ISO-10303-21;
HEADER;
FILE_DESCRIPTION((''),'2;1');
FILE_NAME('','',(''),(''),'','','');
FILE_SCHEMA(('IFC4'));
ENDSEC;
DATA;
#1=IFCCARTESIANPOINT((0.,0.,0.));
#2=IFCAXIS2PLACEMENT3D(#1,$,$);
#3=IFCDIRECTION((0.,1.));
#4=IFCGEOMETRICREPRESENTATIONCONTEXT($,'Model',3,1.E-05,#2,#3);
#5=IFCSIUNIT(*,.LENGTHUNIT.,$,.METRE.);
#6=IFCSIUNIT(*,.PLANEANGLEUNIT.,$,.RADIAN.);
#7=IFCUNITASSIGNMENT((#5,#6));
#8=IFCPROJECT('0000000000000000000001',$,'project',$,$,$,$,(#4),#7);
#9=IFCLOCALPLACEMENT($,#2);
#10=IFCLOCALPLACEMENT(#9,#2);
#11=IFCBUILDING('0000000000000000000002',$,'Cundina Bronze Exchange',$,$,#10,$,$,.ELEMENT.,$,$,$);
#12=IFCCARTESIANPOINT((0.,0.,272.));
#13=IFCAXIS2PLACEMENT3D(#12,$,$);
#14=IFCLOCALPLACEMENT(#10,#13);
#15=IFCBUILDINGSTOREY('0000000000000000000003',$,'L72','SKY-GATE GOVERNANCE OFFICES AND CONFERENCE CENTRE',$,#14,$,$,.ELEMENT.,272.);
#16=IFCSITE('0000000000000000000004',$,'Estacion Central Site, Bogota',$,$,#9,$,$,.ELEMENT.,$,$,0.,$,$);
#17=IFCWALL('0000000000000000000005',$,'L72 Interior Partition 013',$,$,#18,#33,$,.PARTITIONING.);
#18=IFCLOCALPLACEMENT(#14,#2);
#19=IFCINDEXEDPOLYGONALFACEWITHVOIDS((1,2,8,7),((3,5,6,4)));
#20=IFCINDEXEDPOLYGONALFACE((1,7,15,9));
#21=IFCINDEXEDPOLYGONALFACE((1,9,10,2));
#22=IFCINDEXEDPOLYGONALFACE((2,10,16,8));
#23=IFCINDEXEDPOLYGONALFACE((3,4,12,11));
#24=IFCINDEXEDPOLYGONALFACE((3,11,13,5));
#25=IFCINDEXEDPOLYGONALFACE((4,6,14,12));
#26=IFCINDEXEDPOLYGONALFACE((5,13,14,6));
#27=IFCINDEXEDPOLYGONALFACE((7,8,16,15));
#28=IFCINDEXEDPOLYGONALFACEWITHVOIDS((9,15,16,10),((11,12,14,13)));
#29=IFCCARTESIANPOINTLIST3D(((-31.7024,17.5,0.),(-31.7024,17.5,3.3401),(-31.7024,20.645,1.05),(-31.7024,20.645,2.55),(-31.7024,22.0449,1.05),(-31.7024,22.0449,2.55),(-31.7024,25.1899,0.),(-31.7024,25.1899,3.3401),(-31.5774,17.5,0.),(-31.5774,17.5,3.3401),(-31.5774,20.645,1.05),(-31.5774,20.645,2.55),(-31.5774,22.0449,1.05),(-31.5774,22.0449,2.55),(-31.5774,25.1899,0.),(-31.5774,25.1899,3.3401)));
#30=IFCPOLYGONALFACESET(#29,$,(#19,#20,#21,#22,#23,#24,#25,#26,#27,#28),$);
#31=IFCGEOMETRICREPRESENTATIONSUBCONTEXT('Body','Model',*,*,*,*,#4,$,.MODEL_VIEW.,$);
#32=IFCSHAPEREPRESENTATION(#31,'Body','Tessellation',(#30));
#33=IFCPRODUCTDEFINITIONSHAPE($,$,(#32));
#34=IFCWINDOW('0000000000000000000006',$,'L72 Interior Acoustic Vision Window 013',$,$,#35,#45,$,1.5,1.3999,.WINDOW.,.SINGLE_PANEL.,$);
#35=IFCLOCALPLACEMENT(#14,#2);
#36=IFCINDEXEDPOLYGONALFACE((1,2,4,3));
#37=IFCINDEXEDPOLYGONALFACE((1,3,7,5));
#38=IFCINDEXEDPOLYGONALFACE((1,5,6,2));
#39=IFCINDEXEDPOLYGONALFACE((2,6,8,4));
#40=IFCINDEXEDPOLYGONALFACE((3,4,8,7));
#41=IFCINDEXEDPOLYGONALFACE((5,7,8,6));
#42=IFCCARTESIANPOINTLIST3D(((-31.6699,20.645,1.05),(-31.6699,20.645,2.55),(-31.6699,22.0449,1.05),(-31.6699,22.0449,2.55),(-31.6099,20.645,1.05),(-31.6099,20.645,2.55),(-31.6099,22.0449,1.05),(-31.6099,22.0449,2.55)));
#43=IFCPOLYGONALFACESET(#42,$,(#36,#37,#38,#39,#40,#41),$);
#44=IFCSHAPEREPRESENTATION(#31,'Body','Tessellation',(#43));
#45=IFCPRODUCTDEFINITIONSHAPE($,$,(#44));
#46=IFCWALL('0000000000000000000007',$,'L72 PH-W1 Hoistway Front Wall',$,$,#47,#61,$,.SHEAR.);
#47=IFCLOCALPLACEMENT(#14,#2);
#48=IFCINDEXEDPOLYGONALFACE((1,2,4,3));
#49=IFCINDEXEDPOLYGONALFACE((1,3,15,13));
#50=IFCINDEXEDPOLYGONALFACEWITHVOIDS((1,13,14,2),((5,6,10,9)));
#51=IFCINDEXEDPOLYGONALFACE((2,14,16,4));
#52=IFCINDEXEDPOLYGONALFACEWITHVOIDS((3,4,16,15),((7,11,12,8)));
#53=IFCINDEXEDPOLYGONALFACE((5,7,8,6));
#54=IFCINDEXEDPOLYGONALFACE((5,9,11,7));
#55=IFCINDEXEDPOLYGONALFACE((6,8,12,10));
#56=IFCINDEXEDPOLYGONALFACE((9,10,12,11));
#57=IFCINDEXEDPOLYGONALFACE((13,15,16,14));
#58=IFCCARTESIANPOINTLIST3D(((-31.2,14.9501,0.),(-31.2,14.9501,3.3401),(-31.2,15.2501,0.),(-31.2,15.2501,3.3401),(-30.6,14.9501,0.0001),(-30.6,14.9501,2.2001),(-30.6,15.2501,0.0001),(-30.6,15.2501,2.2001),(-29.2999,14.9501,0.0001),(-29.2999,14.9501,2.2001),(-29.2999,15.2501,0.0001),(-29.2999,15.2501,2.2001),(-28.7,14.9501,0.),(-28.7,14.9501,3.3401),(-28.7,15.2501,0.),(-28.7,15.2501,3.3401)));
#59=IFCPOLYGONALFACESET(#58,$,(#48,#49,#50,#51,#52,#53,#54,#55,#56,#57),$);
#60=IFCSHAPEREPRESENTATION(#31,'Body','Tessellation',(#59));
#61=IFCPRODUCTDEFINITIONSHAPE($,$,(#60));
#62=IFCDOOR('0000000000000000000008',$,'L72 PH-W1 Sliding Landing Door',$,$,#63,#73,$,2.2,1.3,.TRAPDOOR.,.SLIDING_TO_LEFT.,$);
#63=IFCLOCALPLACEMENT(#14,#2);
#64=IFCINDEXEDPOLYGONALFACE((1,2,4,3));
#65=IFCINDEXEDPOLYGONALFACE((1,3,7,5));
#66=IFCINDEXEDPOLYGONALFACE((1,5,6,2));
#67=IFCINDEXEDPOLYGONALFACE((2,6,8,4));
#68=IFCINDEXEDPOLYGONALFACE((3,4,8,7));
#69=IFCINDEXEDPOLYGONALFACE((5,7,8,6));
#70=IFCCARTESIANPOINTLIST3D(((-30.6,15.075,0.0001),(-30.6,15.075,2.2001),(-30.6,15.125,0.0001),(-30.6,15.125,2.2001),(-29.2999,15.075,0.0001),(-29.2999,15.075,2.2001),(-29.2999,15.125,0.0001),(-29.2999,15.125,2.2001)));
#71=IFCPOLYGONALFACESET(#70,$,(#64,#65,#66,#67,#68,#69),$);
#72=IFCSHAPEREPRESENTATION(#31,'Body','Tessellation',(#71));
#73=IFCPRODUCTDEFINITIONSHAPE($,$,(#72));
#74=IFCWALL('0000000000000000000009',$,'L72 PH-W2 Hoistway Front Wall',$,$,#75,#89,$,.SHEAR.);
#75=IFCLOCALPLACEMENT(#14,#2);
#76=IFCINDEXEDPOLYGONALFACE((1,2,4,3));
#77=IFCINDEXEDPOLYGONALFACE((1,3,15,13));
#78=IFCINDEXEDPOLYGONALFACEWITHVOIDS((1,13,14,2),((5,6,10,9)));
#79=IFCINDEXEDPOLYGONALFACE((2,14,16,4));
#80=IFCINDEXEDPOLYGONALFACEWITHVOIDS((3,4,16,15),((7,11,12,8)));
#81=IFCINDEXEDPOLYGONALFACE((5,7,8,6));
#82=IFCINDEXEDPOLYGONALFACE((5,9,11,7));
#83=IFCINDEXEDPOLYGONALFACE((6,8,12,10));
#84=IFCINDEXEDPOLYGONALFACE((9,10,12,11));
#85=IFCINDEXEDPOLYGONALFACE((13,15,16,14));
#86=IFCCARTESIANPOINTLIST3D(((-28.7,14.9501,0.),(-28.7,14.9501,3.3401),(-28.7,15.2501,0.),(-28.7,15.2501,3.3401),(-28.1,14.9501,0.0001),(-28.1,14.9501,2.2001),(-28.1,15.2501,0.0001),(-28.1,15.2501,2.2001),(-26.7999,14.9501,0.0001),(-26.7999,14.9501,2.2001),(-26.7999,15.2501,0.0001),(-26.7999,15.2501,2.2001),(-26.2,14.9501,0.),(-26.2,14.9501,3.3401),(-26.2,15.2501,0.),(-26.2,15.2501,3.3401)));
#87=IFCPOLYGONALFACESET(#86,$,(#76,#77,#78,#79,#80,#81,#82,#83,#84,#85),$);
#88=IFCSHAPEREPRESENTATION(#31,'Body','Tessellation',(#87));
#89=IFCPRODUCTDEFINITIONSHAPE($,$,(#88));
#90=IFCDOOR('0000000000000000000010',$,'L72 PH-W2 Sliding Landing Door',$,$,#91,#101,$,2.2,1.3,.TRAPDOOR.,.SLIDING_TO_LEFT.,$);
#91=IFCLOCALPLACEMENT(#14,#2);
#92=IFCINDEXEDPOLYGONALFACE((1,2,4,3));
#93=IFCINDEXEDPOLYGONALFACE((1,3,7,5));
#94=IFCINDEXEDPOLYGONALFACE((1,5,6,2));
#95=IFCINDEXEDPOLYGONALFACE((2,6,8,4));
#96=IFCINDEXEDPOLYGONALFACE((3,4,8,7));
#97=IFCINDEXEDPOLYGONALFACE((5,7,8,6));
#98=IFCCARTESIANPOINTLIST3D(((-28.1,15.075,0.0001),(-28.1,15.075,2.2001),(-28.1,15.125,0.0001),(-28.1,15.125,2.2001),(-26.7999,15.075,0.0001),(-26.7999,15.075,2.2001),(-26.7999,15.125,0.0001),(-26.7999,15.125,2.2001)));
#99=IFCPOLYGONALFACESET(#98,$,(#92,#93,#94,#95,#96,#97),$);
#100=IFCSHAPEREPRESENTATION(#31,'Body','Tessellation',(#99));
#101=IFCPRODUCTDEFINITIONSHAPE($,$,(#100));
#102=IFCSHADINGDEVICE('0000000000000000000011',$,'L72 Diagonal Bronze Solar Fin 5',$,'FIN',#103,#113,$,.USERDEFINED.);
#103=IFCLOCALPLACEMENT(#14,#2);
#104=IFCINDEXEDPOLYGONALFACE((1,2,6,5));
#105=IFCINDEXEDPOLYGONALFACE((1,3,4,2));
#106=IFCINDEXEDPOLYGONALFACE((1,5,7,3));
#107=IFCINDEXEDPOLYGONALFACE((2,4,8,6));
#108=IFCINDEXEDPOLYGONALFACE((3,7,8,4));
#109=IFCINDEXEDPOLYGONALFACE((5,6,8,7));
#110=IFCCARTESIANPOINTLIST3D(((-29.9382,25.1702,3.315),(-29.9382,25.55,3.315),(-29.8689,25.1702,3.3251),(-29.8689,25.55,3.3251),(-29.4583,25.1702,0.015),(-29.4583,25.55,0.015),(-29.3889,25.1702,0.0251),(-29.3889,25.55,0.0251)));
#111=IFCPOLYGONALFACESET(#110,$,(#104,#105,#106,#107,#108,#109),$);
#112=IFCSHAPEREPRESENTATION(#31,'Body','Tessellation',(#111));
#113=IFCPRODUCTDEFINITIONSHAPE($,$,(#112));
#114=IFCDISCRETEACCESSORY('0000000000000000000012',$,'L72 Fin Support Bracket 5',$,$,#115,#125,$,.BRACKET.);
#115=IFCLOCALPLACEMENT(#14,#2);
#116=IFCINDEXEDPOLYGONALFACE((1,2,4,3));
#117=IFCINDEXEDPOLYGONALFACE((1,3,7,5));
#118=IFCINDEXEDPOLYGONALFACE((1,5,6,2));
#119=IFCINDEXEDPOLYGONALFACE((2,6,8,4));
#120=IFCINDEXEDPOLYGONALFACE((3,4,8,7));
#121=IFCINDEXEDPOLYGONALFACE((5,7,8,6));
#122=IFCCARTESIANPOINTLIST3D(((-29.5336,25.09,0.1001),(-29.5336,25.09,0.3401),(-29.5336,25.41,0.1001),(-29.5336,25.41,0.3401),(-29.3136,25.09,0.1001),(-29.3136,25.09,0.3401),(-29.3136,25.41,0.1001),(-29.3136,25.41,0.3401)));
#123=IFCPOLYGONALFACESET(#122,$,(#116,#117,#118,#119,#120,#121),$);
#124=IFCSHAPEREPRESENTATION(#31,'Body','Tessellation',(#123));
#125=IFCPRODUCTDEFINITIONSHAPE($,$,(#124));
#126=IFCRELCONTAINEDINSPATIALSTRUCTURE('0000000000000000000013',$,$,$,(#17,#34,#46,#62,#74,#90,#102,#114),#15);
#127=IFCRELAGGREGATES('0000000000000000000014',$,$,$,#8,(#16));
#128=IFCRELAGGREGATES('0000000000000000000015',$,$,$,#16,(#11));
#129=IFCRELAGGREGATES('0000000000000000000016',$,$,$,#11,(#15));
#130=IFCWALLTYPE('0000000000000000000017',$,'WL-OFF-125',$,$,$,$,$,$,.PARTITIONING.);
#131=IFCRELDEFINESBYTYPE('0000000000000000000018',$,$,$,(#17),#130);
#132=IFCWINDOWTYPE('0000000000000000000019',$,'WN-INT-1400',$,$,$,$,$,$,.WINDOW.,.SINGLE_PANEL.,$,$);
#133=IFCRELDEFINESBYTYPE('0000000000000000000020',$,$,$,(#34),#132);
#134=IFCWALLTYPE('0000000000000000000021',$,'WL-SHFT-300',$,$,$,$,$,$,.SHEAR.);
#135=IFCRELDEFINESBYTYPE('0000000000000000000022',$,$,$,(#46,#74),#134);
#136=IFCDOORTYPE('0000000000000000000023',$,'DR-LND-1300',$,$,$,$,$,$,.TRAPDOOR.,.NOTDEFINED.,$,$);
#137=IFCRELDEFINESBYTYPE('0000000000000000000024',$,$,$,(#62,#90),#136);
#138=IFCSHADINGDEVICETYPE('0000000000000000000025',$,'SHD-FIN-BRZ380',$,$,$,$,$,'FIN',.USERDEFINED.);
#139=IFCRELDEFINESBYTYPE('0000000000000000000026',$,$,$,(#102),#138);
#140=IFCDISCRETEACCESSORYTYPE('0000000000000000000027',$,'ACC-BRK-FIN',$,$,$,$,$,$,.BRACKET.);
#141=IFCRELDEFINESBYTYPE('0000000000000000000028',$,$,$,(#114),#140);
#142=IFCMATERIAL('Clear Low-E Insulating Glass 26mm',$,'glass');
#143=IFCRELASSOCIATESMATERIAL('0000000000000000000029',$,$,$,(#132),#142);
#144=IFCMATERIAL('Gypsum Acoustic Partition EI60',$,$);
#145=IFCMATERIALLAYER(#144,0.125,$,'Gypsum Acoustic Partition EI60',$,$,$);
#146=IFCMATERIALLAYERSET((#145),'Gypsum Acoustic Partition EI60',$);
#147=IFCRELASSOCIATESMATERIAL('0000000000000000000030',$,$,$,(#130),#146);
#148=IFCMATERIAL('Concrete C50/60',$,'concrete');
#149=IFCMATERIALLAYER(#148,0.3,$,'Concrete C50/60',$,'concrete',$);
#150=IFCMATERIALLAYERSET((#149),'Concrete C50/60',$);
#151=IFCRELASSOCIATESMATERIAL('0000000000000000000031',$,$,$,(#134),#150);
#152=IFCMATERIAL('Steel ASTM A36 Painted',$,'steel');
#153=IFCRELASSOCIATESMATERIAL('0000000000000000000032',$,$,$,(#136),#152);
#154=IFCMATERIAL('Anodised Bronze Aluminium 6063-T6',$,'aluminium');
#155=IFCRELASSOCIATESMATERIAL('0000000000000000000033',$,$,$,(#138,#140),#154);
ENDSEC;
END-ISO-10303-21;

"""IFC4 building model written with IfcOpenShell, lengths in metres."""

from ifc_helpers import new_model, si_unit, direction, frame, frame_2d, origin, origin_2d, place, context, subcontext, project, spatial, rectangle, extrude, material, layer, layer_set, material_profile, profile_set, type_object, element, fill, save


model = new_model("IFC4")

# Units and contexts
model_context = context("Model", 3, precision=1e-05, world=origin(), true_north=direction((0.0, 1.0)))
body_context = subcontext(model_context, "Body", "Model", "MODEL_VIEW")
ifc_project = project(units=[si_unit("LENGTHUNIT", "METRE"), si_unit("PLANEANGLEUNIT", "RADIAN")], contexts=[model_context])

# Site, building, storey
site_placement = place(None, origin())
site = spatial("IfcSite", under=ifc_project, at=site_placement, Name="Estacion Central Site, Bogota", CompositionType="ELEMENT", RefElevation=0.0)
building_placement = place(site_placement, origin())
building = spatial("IfcBuilding", under=site, at=building_placement, Name="Cundina Bronze Exchange", CompositionType="ELEMENT")
storey_placement = place(building_placement, frame((0.0, 0.0, 272.0)))
storey = spatial("IfcBuildingStorey", under=building, at=storey_placement, Name="L72", Description="SKY-GATE GOVERNANCE OFFICES AND CONFERENCE CENTRE", CompositionType="ELEMENT", Elevation=272.0)

# Shared definitions
ifc_material_1 = material(Name="Concrete C50/60", Category="concrete")

# Shared definitions
ifc_material_2 = material(Name="Anodised Bronze Aluminium 6063-T6", Category="aluminium")

# Shared definitions
ifc_material_3 = material(Name="Clear Low-E Insulating Glass 26mm", Category="glass")
window_type = type_object("IfcWindowType", Name="WN-INT-1400", PartitioningType="SINGLE_PANEL", PredefinedType="WINDOW", material=ifc_material_3)

# Wall, opening, window
ifc_material_4 = material(Name="Gypsum Acoustic Partition EI60")
ifc_layer_1 = layer(ifc_material_4, 0.125, Name="Gypsum Acoustic Partition EI60")
ifc_layer_set_1 = layer_set([ifc_layer_1], Name="Gypsum Acoustic Partition EI60")
wall_type_1 = type_object("IfcWallType", Name="WL-OFF-125", PredefinedType="PARTITIONING", material=ifc_layer_set_1)
wall_1_placement = place(storey_placement, frame((-31.6399, 17.5, 0.0), z_axis=(0.0, 0.0, 1.0), x_axis=(0.0, 1.0, 0.0)))
wall_1 = element("IfcWall", 1, at=wall_1_placement, inside=storey, type_object=wall_type_1, Name="L72 Interior Partition 013", PredefinedType="PARTITIONING", context=body_context, shape_type="SweptSolid", body=[
    extrude(rectangle(XDim=7.6899, YDim=0.125, at=frame_2d((3.845, 0.0))), origin(), (0.0, 0.0, 1.0), 3.3401),
])
opening_1_placement = place(wall_1_placement, frame((3.145, 0.0, 1.05)))
opening_1 = element("IfcOpeningElement", 2, at=opening_1_placement, cuts=wall_1, PredefinedType="OPENING", context=body_context, shape_type="SweptSolid", body=[
    extrude(rectangle(XDim=1.3999, YDim=1.5, at=frame_2d((0.7, 0.75))), frame((0.0, 0.0725, 0.0), z_axis=(0.0, -1.0, 0.0), x_axis=(1.0, 0.0, 0.0)), (0.0, 0.0, 1.0), 0.145),
])
window_1_placement = place(opening_1_placement, origin())
window_1 = element("IfcWindow", 3, at=window_1_placement, inside=storey, type_object=window_type, Name="L72 Interior Acoustic Vision Window 013", OverallHeight=1.5, OverallWidth=1.3999, PartitioningType="SINGLE_PANEL", PredefinedType="WINDOW", context=body_context, shape_type="SweptSolid", body=[
    extrude(rectangle(XDim=1.3999, YDim=1.5, at=frame_2d((0.7, 0.75))), frame((0.0, 0.03, 0.0), z_axis=(0.0, -1.0, 0.0), x_axis=(1.0, 0.0, 0.0)), (0.0, 0.0, 1.0), 0.0601),
])
fill(opening_1, window_1)

# Walls, openings, doors
ifc_layer_2 = layer(ifc_material_1, 0.3, Name="Concrete C50/60", Category="concrete")
ifc_layer_set_2 = layer_set([ifc_layer_2], Name="Concrete C50/60")
wall_type_2 = type_object("IfcWallType", Name="WL-SHFT-300", PredefinedType="SHEAR", material=ifc_layer_set_2)
wall_2_placement = place(storey_placement, frame((-31.2, 15.1001, 0.0), z_axis=(0.0, 0.0, 1.0), x_axis=(1.0, 0.0, 0.0)))
wall_2 = element("IfcWall", 4, at=wall_2_placement, inside=storey, type_object=wall_type_2, Name="L72 PH-W1 Hoistway Front Wall", PredefinedType="SHEAR", context=body_context, shape_type="SweptSolid", body=[
    extrude(rectangle(XDim=2.5, YDim=0.3, at=frame_2d((1.25, 0.0))), origin(), (0.0, 0.0, 1.0), 3.3401),
])
opening_2_placement = place(wall_2_placement, frame((0.6001, 0.0, 0.0)))
opening_2 = element("IfcOpeningElement", 5, at=opening_2_placement, cuts=wall_2, PredefinedType="OPENING", context=body_context, shape_type="SweptSolid", body=[
    extrude(rectangle(XDim=1.3, YDim=2.2, at=frame_2d((0.6499, 1.1001))), frame((0.0, 0.1599, 0.0), z_axis=(0.0, -1.0, 0.0), x_axis=(1.0, 0.0, 0.0)), (0.0, 0.0, 1.0), 0.3201),
])
ifc_material_5 = material(Name="Steel ASTM A36 Painted", Category="steel")
door_type = type_object("IfcDoorType", Name="DR-LND-1300", OperationType="NOTDEFINED", PredefinedType="TRAPDOOR", material=ifc_material_5)
door_1_placement = place(opening_2_placement, origin())
door_1 = element("IfcDoor", 6, at=door_1_placement, inside=storey, type_object=door_type, Name="L72 PH-W1 Sliding Landing Door", OperationType="SLIDING_TO_LEFT", OverallHeight=2.2, OverallWidth=1.3, PredefinedType="TRAPDOOR", context=body_context, shape_type="SweptSolid", body=[
    extrude(rectangle(XDim=1.3, YDim=2.2, at=frame_2d((0.6499, 1.1001))), frame((0.0, 0.0249, 0.0), z_axis=(0.0, -1.0, 0.0), x_axis=(1.0, 0.0, 0.0)), (0.0, 0.0, 1.0), 0.05),
])
fill(opening_2, door_1)
wall_3_placement = place(storey_placement, frame((-28.7, 15.1001, 0.0), z_axis=(0.0, 0.0, 1.0), x_axis=(1.0, 0.0, 0.0)))
wall_3 = element("IfcWall", 7, at=wall_3_placement, inside=storey, type_object=wall_type_2, Name="L72 PH-W2 Hoistway Front Wall", PredefinedType="SHEAR", context=body_context, shape_type="SweptSolid", body=[
    extrude(rectangle(XDim=2.5, YDim=0.3, at=frame_2d((1.25, 0.0))), origin(), (0.0, 0.0, 1.0), 3.3401),
])
opening_3_placement = place(wall_3_placement, frame((0.6001, 0.0, 0.0)))
opening_3 = element("IfcOpeningElement", 8, at=opening_3_placement, cuts=wall_3, PredefinedType="OPENING", context=body_context, shape_type="SweptSolid", body=[
    extrude(rectangle(XDim=1.3, YDim=2.2, at=frame_2d((0.6499, 1.1001))), frame((0.0, 0.1599, 0.0), z_axis=(0.0, -1.0, 0.0), x_axis=(1.0, 0.0, 0.0)), (0.0, 0.0, 1.0), 0.3201),
])
door_2_placement = place(opening_3_placement, origin())
door_2 = element("IfcDoor", 9, at=door_2_placement, inside=storey, type_object=door_type, Name="L72 PH-W2 Sliding Landing Door", OperationType="SLIDING_TO_LEFT", OverallHeight=2.2, OverallWidth=1.3, PredefinedType="TRAPDOOR", context=body_context, shape_type="SweptSolid", body=[
    extrude(rectangle(XDim=1.3, YDim=2.2, at=frame_2d((0.6499, 1.1001))), frame((0.0, 0.0249, 0.0), z_axis=(0.0, -1.0, 0.0), x_axis=(1.0, 0.0, 0.0)), (0.0, 0.0, 1.0), 0.05),
])
fill(opening_3, door_2)

# Shading device
ifc_material_profile_1 = material_profile(ifc_material_2, rectangle(XDim=0.0701, YDim=0.3799, at=origin_2d()), Name="FIN70X380", Category="aluminium")
ifc_profile_set_1 = profile_set([ifc_material_profile_1], Name="Anodised Bronze Aluminium 6063-T6")
shading_device_type = type_object("IfcShadingDeviceType", Name="SHD-FIN-BRZ380", ElementType="FIN", PredefinedType="USERDEFINED", material=ifc_profile_set_1)
shading_device_placement = place(storey_placement, frame((-29.4236, 25.3601, 0.02), z_axis=(-0.143932, 0.0, 0.989588), x_axis=(0.989588, 0.0, 0.143932)))
element("IfcShadingDevice", 10, at=shading_device_placement, inside=storey, type_object=shading_device_type, Name="L72 Diagonal Bronze Solar Fin 5", ObjectType="FIN", PredefinedType="USERDEFINED", context=body_context, shape_type="SweptSolid", body=[
    extrude(rectangle(XDim=0.0701, YDim=0.3799, at=origin_2d()), origin(), (0.0, 0.0, 1.0), 3.3347),
])

# Discrete accessory
discrete_accessory_type = type_object("IfcDiscreteAccessoryType", Name="ACC-BRK-FIN", PredefinedType="BRACKET", material=ifc_material_2)
discrete_accessory_placement = place(storey_placement, frame((-29.4236, 25.25, 0.1001), z_axis=(0.0, 0.0, 1.0), x_axis=(-1.0, 0.0, 0.0)))
element("IfcDiscreteAccessory", 11, at=discrete_accessory_placement, inside=storey, type_object=discrete_accessory_type, Name="L72 Fin Support Bracket 5", PredefinedType="BRACKET", context=body_context, shape_type="SweptSolid", body=[
    extrude(rectangle(XDim=0.22, YDim=0.3201, at=origin_2d()), origin(), (0.0, 0.0, 1.0), 0.24),
])

save(model, "model.ifc")
